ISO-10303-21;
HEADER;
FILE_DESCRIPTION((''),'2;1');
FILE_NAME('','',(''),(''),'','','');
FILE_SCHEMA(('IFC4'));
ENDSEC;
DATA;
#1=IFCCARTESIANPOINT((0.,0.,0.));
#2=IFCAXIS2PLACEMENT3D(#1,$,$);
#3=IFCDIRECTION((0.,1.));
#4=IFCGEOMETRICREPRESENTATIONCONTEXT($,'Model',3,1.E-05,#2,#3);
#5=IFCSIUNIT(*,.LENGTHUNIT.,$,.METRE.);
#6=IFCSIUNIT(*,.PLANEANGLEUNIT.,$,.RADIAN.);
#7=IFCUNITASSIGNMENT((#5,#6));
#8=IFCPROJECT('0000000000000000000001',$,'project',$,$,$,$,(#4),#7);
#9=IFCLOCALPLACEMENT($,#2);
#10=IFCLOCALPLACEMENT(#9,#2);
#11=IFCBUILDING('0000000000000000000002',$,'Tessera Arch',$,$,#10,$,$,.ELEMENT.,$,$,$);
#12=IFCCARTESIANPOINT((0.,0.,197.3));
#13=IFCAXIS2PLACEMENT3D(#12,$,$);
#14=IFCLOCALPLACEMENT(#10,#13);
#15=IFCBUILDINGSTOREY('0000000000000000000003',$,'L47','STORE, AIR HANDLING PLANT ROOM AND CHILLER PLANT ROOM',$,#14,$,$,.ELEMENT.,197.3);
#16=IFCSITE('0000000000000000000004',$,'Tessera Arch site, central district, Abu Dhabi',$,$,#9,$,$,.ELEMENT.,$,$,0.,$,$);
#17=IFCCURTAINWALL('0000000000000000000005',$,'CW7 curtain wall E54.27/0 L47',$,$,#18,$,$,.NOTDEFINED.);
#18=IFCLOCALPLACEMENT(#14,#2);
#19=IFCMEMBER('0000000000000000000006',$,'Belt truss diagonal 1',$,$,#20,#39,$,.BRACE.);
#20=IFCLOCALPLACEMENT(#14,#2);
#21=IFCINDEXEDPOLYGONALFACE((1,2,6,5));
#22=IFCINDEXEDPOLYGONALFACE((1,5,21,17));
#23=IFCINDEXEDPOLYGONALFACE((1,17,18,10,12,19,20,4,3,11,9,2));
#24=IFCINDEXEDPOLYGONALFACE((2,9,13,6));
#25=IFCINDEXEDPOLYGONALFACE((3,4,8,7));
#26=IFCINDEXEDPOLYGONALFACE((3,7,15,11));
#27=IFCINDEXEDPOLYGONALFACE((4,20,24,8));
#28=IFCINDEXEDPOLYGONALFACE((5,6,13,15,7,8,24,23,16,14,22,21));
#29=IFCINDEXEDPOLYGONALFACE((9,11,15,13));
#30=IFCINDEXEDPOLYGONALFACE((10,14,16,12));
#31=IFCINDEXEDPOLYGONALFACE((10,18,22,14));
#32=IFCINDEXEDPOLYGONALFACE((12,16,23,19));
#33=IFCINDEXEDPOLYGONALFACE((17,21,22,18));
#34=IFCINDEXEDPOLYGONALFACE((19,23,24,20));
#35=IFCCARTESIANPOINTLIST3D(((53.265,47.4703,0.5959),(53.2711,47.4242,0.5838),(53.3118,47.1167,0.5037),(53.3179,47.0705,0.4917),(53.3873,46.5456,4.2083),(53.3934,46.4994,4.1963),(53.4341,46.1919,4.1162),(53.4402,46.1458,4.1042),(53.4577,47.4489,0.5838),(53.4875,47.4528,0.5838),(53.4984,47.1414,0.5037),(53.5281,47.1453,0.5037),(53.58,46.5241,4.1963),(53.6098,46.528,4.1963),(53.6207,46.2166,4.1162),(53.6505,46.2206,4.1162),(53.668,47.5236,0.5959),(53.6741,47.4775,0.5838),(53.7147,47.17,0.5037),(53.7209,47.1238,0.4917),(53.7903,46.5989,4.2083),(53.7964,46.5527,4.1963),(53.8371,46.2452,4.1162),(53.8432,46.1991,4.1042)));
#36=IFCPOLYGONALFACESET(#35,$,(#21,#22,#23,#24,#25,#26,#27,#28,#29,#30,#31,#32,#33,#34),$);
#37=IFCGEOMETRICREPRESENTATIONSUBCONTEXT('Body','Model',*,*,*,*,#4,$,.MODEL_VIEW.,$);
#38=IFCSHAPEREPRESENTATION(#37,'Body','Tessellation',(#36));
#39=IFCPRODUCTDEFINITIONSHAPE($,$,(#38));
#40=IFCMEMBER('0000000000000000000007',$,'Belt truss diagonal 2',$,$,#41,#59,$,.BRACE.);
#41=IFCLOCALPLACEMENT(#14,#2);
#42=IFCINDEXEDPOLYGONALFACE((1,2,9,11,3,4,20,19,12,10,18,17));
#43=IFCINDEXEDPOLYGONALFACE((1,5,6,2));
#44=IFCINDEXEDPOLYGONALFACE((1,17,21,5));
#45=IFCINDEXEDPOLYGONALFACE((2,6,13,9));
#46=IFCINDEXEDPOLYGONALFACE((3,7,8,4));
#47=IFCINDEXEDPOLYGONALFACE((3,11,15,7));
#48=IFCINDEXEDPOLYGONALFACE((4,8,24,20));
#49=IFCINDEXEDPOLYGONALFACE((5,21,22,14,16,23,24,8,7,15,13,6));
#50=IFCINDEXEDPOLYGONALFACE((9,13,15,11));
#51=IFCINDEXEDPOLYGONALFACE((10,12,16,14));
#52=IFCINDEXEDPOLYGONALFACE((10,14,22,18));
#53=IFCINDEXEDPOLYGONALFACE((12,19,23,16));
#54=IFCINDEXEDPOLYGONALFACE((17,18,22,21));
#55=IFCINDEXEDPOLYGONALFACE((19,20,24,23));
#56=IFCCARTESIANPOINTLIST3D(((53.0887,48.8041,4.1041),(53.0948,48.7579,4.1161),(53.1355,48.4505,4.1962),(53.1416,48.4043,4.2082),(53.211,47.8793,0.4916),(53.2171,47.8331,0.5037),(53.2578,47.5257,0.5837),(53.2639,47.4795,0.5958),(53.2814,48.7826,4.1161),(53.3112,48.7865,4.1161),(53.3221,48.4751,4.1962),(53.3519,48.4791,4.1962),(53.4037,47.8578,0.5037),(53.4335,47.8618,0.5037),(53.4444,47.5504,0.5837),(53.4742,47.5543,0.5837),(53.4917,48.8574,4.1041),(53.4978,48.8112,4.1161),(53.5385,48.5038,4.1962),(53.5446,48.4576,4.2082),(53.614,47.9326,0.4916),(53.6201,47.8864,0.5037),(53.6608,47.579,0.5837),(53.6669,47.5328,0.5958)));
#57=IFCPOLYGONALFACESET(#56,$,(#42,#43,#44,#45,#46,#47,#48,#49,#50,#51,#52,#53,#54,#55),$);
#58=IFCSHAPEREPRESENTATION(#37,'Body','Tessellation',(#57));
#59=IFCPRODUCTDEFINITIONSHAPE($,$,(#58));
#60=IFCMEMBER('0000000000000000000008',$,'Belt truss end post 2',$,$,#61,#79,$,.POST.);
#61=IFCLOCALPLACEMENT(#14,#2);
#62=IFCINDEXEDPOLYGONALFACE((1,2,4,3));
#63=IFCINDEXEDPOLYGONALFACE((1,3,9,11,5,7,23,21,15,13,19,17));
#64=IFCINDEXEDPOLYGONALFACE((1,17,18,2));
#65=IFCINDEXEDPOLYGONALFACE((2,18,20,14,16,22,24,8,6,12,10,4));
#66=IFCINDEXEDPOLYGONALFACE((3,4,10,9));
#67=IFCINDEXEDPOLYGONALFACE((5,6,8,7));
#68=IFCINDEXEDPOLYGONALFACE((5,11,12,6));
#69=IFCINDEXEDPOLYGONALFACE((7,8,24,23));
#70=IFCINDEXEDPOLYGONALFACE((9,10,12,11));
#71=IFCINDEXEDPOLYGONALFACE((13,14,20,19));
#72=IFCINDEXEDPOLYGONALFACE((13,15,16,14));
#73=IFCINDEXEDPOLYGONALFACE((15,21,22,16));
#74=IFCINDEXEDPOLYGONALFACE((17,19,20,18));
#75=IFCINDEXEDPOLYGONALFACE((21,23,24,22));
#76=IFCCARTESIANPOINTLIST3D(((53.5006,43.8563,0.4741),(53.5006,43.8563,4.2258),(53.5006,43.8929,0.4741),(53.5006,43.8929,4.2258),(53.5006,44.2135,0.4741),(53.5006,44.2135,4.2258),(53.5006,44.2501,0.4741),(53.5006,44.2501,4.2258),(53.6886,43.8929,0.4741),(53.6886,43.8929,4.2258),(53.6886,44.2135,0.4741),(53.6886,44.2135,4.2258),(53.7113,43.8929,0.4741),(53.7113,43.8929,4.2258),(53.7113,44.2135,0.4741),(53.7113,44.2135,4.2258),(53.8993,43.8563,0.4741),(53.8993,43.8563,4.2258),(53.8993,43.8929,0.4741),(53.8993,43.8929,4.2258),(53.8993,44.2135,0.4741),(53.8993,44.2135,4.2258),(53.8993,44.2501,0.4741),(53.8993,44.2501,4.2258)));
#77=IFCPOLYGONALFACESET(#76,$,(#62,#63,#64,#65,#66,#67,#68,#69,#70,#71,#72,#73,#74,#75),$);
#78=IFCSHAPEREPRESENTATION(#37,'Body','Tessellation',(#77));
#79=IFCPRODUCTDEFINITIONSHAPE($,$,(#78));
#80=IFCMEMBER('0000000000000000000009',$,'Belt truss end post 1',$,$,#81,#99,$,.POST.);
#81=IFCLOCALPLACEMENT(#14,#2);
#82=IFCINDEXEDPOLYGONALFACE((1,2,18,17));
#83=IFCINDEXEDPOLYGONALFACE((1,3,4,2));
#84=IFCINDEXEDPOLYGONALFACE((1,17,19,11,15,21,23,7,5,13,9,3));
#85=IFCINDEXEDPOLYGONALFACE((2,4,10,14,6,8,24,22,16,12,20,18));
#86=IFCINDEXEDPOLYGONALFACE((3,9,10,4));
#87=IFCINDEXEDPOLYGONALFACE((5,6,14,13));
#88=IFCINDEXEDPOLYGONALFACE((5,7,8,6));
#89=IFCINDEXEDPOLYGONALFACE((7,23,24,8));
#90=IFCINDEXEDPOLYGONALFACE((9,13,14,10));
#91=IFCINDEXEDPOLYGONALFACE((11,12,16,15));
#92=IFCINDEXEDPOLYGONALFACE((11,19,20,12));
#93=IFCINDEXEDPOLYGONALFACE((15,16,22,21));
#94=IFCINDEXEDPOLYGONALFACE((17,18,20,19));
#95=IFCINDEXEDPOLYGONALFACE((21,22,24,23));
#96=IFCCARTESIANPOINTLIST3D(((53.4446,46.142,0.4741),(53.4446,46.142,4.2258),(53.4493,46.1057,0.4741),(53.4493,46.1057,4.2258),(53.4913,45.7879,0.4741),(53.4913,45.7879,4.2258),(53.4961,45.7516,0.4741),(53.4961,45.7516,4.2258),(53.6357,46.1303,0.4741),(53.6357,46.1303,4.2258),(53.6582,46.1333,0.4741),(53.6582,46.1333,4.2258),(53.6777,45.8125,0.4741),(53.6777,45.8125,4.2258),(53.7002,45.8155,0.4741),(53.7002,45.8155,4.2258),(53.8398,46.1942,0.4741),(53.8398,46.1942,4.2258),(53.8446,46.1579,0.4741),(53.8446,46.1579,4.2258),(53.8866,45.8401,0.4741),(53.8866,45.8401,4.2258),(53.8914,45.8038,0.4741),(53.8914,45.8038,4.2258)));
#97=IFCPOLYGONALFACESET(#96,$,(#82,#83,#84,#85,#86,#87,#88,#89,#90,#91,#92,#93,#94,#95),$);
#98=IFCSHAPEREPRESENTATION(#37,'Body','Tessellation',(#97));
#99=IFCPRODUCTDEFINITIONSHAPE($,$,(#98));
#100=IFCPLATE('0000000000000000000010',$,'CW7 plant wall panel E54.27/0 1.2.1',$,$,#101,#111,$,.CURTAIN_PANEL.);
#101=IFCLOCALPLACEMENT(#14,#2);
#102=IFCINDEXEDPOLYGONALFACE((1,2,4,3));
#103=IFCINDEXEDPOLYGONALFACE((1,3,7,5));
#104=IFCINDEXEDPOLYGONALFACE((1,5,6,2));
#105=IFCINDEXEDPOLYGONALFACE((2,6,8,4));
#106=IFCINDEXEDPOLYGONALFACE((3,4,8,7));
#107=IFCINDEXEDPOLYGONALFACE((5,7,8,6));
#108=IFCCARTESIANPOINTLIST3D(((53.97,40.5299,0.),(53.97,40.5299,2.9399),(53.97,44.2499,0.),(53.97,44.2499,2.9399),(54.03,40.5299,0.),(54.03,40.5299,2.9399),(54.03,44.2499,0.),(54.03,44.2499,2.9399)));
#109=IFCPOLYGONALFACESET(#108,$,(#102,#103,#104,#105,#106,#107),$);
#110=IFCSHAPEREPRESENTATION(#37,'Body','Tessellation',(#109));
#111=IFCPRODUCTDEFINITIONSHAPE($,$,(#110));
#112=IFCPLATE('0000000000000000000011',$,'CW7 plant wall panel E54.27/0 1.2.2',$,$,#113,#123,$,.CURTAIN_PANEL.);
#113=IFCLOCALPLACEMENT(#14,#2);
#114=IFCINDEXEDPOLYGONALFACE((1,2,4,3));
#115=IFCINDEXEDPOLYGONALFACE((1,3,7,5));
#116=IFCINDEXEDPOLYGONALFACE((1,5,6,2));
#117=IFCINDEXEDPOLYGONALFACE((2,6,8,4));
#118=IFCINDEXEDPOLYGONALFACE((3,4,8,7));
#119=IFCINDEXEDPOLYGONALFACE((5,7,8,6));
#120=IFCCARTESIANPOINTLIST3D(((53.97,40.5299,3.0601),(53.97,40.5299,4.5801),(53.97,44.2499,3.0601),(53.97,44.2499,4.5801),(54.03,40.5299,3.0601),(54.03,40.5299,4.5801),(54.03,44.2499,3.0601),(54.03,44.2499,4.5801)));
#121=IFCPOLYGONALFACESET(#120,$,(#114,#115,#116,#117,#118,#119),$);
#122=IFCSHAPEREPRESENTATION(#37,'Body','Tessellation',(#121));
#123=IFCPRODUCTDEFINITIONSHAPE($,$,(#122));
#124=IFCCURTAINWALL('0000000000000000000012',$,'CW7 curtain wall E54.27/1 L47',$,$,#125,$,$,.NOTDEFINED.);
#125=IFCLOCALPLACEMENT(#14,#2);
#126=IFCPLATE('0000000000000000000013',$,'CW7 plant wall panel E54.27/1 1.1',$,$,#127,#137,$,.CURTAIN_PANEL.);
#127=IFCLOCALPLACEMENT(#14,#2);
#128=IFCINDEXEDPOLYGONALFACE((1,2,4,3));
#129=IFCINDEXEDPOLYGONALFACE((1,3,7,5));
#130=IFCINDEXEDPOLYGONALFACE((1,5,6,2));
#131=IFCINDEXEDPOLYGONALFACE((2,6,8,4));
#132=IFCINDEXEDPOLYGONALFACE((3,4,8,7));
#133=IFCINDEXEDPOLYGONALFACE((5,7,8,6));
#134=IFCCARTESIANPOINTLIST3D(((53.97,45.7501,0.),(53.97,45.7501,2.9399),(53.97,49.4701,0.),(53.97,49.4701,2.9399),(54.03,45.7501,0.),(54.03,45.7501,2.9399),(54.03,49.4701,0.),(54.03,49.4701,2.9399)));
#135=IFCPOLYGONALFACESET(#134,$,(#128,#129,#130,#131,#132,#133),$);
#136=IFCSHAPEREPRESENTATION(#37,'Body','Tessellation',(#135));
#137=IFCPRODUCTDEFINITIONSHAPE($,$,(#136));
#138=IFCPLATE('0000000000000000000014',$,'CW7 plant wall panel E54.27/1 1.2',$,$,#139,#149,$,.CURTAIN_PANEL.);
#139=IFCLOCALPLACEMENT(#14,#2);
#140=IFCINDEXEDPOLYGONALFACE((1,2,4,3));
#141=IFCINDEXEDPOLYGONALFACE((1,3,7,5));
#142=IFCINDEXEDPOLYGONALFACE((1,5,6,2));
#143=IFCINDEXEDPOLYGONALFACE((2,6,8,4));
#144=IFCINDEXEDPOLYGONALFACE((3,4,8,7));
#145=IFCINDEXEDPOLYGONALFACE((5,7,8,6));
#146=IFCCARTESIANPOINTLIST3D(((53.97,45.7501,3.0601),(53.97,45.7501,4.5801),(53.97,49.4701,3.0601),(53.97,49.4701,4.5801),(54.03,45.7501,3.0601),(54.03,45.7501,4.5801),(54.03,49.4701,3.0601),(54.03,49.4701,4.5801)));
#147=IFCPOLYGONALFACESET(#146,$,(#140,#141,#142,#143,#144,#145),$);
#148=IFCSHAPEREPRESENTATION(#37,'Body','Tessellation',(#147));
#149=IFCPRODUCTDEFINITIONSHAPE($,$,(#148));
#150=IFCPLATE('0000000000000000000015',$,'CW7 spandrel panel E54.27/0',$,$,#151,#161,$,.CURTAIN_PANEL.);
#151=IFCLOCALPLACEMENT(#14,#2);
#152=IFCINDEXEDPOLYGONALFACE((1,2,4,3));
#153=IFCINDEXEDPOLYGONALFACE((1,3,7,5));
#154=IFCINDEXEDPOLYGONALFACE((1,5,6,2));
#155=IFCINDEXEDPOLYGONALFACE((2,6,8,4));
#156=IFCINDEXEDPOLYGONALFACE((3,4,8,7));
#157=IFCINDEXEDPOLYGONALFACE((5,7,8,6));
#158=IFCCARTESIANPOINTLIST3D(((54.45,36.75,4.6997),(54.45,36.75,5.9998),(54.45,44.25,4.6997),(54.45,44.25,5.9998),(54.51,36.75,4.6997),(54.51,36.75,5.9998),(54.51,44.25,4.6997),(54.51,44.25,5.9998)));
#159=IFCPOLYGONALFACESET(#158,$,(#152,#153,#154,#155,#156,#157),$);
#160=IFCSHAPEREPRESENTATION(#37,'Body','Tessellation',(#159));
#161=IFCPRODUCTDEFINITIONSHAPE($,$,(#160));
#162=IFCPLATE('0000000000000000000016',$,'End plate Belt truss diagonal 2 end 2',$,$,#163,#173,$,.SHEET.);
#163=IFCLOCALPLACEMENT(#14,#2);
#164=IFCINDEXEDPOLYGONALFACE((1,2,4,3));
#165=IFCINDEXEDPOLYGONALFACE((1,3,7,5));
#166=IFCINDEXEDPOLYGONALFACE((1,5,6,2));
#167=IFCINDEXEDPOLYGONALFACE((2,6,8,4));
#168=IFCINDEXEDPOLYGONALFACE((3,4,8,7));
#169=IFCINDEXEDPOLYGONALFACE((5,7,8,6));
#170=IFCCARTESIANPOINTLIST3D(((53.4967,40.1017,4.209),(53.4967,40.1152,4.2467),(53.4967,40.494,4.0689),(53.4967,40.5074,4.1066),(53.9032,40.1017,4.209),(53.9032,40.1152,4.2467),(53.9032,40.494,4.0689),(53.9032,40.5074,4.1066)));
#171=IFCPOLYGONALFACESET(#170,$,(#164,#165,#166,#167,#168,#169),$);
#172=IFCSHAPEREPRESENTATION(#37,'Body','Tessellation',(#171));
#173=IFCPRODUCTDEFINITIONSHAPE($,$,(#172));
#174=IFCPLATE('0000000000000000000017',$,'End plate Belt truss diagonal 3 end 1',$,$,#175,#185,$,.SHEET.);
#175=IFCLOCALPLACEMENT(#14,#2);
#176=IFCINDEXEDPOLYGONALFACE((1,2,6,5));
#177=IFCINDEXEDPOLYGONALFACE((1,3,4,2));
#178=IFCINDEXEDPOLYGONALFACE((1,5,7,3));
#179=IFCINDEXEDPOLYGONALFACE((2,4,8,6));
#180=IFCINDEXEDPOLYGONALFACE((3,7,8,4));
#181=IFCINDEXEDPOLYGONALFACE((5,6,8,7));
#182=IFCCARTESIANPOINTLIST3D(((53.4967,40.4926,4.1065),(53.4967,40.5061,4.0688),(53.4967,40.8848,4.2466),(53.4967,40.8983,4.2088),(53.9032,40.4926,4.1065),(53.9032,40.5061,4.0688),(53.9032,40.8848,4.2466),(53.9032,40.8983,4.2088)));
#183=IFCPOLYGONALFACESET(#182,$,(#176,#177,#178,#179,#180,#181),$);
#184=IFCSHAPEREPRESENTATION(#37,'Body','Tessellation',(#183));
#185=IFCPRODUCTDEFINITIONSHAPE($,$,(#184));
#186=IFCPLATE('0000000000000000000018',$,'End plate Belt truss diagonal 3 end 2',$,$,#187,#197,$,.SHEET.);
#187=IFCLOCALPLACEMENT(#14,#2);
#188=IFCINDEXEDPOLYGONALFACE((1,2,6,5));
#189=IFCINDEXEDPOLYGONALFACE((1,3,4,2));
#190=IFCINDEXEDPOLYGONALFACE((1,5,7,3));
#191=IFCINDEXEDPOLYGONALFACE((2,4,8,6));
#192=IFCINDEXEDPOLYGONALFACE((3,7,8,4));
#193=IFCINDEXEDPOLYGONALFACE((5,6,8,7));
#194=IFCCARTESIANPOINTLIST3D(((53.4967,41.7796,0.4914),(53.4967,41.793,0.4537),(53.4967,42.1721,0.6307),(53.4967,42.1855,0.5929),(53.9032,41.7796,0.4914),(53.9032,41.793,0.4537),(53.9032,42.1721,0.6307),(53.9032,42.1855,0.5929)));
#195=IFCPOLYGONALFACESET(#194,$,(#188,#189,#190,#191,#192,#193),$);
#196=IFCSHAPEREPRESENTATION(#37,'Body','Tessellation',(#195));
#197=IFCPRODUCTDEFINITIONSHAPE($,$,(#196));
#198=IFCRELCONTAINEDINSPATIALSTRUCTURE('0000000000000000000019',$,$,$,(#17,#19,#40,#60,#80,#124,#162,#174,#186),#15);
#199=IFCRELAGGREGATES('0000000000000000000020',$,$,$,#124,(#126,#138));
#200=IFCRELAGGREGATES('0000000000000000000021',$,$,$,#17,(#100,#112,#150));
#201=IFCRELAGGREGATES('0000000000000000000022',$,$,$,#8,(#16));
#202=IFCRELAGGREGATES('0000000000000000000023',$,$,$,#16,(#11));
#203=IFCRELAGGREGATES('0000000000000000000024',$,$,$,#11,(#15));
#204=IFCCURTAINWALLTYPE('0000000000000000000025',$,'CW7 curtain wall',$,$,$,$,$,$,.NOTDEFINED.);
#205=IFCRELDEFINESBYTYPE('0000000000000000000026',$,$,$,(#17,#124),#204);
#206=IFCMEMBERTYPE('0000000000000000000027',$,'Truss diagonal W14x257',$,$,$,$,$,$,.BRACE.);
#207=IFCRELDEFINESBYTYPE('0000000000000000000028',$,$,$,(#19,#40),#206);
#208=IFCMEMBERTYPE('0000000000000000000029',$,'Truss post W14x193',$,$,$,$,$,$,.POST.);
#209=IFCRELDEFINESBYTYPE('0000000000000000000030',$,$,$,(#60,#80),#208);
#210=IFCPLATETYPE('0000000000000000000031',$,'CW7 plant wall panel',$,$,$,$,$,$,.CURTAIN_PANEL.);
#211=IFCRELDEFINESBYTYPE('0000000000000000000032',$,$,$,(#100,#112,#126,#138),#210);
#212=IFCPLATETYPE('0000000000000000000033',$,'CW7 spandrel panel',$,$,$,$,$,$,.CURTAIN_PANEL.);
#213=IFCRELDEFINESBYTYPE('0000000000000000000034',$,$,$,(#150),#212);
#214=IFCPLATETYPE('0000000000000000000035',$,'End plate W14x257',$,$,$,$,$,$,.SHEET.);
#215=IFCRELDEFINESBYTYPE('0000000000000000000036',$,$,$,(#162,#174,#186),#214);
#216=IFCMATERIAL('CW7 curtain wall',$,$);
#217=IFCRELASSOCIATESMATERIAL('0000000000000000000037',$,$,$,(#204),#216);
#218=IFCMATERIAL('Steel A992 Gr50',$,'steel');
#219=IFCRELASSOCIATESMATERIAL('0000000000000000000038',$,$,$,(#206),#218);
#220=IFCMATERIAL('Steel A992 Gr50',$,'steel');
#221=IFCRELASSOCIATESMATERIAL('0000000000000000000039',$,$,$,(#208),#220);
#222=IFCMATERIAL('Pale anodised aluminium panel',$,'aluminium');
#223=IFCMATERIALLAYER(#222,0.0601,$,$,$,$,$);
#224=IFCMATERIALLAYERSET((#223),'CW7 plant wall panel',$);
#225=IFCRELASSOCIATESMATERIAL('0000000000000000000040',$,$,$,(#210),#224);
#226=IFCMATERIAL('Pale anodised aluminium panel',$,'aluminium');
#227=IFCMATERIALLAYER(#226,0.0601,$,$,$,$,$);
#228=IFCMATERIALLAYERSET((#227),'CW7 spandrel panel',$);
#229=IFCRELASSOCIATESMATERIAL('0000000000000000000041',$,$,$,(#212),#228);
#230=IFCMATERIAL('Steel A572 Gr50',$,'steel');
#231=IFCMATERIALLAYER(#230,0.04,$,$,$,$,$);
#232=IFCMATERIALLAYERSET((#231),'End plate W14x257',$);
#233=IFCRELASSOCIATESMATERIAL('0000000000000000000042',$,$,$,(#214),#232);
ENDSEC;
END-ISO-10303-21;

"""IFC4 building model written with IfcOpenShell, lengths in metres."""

from ifc_helpers import new_model, si_unit, direction, frame, origin, origin_2d, place, context, subcontext, project, spatial, rectangle, i_section, extrude, material, layer, layer_set, material_profile, profile_set, type_object, element, aggregate, save


model = new_model("IFC4")

# Units and contexts
model_context = context("Model", 3, precision=1e-05, world=origin(), true_north=direction((0.0, 1.0)))
body_context = subcontext(model_context, "Body", "Model", "MODEL_VIEW")
ifc_project = project(units=[si_unit("LENGTHUNIT", "METRE"), si_unit("PLANEANGLEUNIT", "RADIAN")], contexts=[model_context])

# Site, building, storey
site_placement = place(None, origin())
site = spatial("IfcSite", under=ifc_project, at=site_placement, Name="Tessera Arch site, central district, Abu Dhabi", CompositionType="ELEMENT", RefElevation=0.0)
building_placement = place(site_placement, origin())
building = spatial("IfcBuilding", under=site, at=building_placement, Name="Tessera Arch", CompositionType="ELEMENT")
storey_placement = place(building_placement, frame((0.0, 0.0, 197.3)))
storey = spatial("IfcBuildingStorey", under=building, at=storey_placement, Name="L47", Description="STORE, AIR HANDLING PLANT ROOM AND CHILLER PLANT ROOM", CompositionType="ELEMENT", Elevation=197.3)

# Curtain wall
ifc_material_1 = material(Name="CW7 curtain wall")
curtain_wall_type = type_object("IfcCurtainWallType", Name="CW7 curtain wall", PredefinedType="NOTDEFINED", material=ifc_material_1)
curtain_wall_1_placement = place(storey_placement, origin())
curtain_wall_1 = element("IfcCurtainWall", 1, at=curtain_wall_1_placement, inside=storey, type_object=curtain_wall_type, Name="CW7 curtain wall E54.27/0 L47", PredefinedType="NOTDEFINED")

# Members
ifc_material_2 = material(Name="Steel A992 Gr50", Category="steel")
ifc_material_profile_1 = material_profile(ifc_material_2, i_section(OverallWidth=0.4065, OverallDepth=0.4165, WebThickness=0.03, FlangeThickness=0.0481, at=origin_2d()), Name="W14x257")
ifc_profile_set_1 = profile_set([ifc_material_profile_1], Name="Steel A992 Gr50")
member_type_1 = type_object("IfcMemberType", Name="Truss diagonal W14x257", PredefinedType="BRACE", material=ifc_profile_set_1)
for number, where, z_axis, x_axis, name in (
    (2, (53.6152, 46.3723, 4.1562), (-0.032783, 0.247867, -0.968239), (-0.991367, -0.131118, 0.0), "Belt truss diagonal 1"),
    (3, (53.439, 47.7061, 0.5437), (-0.032783, 0.247867, 0.968239), (-0.991367, -0.131118, 0.0), "Belt truss diagonal 2"),
):
    element("IfcMember", number, at=place(storey_placement, frame(where, z_axis=z_axis, x_axis=x_axis)), inside=storey, type_object=member_type_1, Name=name, PredefinedType="BRACE", context=body_context, shape_type="SweptSolid", body=[
        extrude(i_section(OverallWidth=0.4065, OverallDepth=0.4165, WebThickness=0.03, FlangeThickness=0.0481, at=origin_2d()), origin(), (0.0, 0.0, 1.0), 3.731),
    ])
ifc_material_3 = material(Name="Steel A992 Gr50", Category="steel")
ifc_material_profile_2 = material_profile(ifc_material_3, i_section(OverallWidth=0.3987, OverallDepth=0.3938, WebThickness=0.0227, FlangeThickness=0.0366, at=origin_2d()), Name="W14x193")
ifc_profile_set_2 = profile_set([ifc_material_profile_2], Name="Steel A992 Gr50")
member_type_2 = type_object("IfcMemberType", Name="Truss post W14x193", PredefinedType="POST", material=ifc_profile_set_2)
for number, where, z_axis, x_axis, name in (
    (4, (53.7, 44.0532, 0.4741), (0.0, 0.0, 1.0), (1.0, 0.0, 0.0), "Belt truss end post 2"),
    (5, (53.668, 45.9729, 0.4741), (0.0, 0.0, 1.0), (0.991382, 0.131003, 0.0), "Belt truss end post 1"),
):
    element("IfcMember", number, at=place(storey_placement, frame(where, z_axis=z_axis, x_axis=x_axis)), inside=storey, type_object=member_type_2, Name=name, PredefinedType="POST", context=body_context, shape_type="SweptSolid", body=[
        extrude(i_section(OverallWidth=0.3987, OverallDepth=0.3938, WebThickness=0.0227, FlangeThickness=0.0366, at=origin_2d()), origin(), (0.0, 0.0, 1.0), 3.7517),
    ])

# Plates
ifc_material_4 = material(Name="Pale anodised aluminium panel", Category="aluminium")
ifc_layer_1 = layer(ifc_material_4, 0.0601)
ifc_layer_set_1 = layer_set([ifc_layer_1], Name="CW7 plant wall panel")
plate_type_1 = type_object("IfcPlateType", Name="CW7 plant wall panel", PredefinedType="CURTAIN_PANEL", material=ifc_layer_set_1)
plate_1_placement = place(storey_placement, frame((54.0, 42.3899, 0.0), z_axis=(0.0, 0.0, 1.0), x_axis=(0.0, 1.0, 0.0)))
plate_1 = element("IfcPlate", 6, at=plate_1_placement, type_object=plate_type_1, Name="CW7 plant wall panel E54.27/0 1.2.1", PredefinedType="CURTAIN_PANEL", context=body_context, shape_type="SweptSolid", body=[
    extrude(rectangle(XDim=3.72, YDim=0.0601, at=origin_2d()), origin(), (0.0, 0.0, 1.0), 2.9399),
])
plate_2_placement = place(storey_placement, frame((54.0, 42.3899, 3.0601), z_axis=(0.0, 0.0, 1.0), x_axis=(0.0, 1.0, 0.0)))
plate_2 = element("IfcPlate", 7, at=plate_2_placement, type_object=plate_type_1, Name="CW7 plant wall panel E54.27/0 1.2.2", PredefinedType="CURTAIN_PANEL", context=body_context, shape_type="SweptSolid", body=[
    extrude(rectangle(XDim=3.72, YDim=0.0601, at=origin_2d()), origin(), (0.0, 0.0, 1.0), 1.52),
])

# Curtain wall, plates
curtain_wall_2_placement = place(storey_placement, origin())
curtain_wall_2 = element("IfcCurtainWall", 8, at=curtain_wall_2_placement, inside=storey, type_object=curtain_wall_type, Name="CW7 curtain wall E54.27/1 L47", PredefinedType="NOTDEFINED")
plate_3_placement = place(storey_placement, frame((54.0, 47.6101, 0.0), z_axis=(0.0, 0.0, 1.0), x_axis=(0.0, 1.0, 0.0)))
plate_3 = element("IfcPlate", 9, at=plate_3_placement, type_object=plate_type_1, Name="CW7 plant wall panel E54.27/1 1.1", PredefinedType="CURTAIN_PANEL", context=body_context, shape_type="SweptSolid", body=[
    extrude(rectangle(XDim=3.72, YDim=0.0601, at=origin_2d()), origin(), (0.0, 0.0, 1.0), 2.9399),
])
plate_4_placement = place(storey_placement, frame((54.0, 47.6101, 3.0601), z_axis=(0.0, 0.0, 1.0), x_axis=(0.0, 1.0, 0.0)))
plate_4 = element("IfcPlate", 10, at=plate_4_placement, type_object=plate_type_1, Name="CW7 plant wall panel E54.27/1 1.2", PredefinedType="CURTAIN_PANEL", context=body_context, shape_type="SweptSolid", body=[
    extrude(rectangle(XDim=3.72, YDim=0.0601, at=origin_2d()), origin(), (0.0, 0.0, 1.0), 1.52),
])
aggregate(curtain_wall_2, [plate_3, plate_4])

# Plate
ifc_material_5 = material(Name="Pale anodised aluminium panel", Category="aluminium")
ifc_layer_2 = layer(ifc_material_5, 0.0601)
ifc_layer_set_2 = layer_set([ifc_layer_2], Name="CW7 spandrel panel")
plate_type_2 = type_object("IfcPlateType", Name="CW7 spandrel panel", PredefinedType="CURTAIN_PANEL", material=ifc_layer_set_2)
plate_5_placement = place(storey_placement, frame((54.48, 40.5, 4.6997), z_axis=(0.0, 0.0, 1.0), x_axis=(0.0, 1.0, 0.0)))
plate_5 = element("IfcPlate", 11, at=plate_5_placement, type_object=plate_type_2, Name="CW7 spandrel panel E54.27/0", PredefinedType="CURTAIN_PANEL", context=body_context, shape_type="SweptSolid", body=[
    extrude(rectangle(XDim=7.5, YDim=0.0601, at=origin_2d()), origin(), (0.0, 0.0, 1.0), 1.3),
])
aggregate(curtain_wall_1, [plate_1, plate_2, plate_5])

# Plates
ifc_material_6 = material(Name="Steel A572 Gr50", Category="steel")
ifc_layer_3 = layer(ifc_material_6, 0.04)
ifc_layer_set_3 = layer_set([ifc_layer_3], Name="End plate W14x257")
plate_type_3 = type_object("IfcPlateType", Name="End plate W14x257", PredefinedType="SHEET", material=ifc_layer_set_3)
for number, where, z_axis, x_axis, name in (
    (12, (53.7, 40.2979, 4.1389), (0.0, 0.336336, 0.941742), (-1.0, 0.0, 0.0), "End plate Belt truss diagonal 2 end 2"),
    (13, (53.7, 40.6887, 4.1765), (0.0, 0.336336, -0.941742), (-1.0, 0.0, 0.0), "End plate Belt truss diagonal 3 end 1"),
    (14, (53.7, 41.9758, 0.561), (0.0, 0.33441, -0.942428), (-1.0, 0.0, 0.0), "End plate Belt truss diagonal 3 end 2"),
):
    element("IfcPlate", number, at=place(storey_placement, frame(where, z_axis=z_axis, x_axis=x_axis)), inside=storey, type_object=plate_type_3, Name=name, PredefinedType="SHEET", context=body_context, shape_type="SweptSolid", body=[
        extrude(rectangle(XDim=0.4065, YDim=0.4165, at=origin_2d()), origin(), (0.0, 0.0, 1.0), 0.04),
    ])

save(model, "model.ifc")
